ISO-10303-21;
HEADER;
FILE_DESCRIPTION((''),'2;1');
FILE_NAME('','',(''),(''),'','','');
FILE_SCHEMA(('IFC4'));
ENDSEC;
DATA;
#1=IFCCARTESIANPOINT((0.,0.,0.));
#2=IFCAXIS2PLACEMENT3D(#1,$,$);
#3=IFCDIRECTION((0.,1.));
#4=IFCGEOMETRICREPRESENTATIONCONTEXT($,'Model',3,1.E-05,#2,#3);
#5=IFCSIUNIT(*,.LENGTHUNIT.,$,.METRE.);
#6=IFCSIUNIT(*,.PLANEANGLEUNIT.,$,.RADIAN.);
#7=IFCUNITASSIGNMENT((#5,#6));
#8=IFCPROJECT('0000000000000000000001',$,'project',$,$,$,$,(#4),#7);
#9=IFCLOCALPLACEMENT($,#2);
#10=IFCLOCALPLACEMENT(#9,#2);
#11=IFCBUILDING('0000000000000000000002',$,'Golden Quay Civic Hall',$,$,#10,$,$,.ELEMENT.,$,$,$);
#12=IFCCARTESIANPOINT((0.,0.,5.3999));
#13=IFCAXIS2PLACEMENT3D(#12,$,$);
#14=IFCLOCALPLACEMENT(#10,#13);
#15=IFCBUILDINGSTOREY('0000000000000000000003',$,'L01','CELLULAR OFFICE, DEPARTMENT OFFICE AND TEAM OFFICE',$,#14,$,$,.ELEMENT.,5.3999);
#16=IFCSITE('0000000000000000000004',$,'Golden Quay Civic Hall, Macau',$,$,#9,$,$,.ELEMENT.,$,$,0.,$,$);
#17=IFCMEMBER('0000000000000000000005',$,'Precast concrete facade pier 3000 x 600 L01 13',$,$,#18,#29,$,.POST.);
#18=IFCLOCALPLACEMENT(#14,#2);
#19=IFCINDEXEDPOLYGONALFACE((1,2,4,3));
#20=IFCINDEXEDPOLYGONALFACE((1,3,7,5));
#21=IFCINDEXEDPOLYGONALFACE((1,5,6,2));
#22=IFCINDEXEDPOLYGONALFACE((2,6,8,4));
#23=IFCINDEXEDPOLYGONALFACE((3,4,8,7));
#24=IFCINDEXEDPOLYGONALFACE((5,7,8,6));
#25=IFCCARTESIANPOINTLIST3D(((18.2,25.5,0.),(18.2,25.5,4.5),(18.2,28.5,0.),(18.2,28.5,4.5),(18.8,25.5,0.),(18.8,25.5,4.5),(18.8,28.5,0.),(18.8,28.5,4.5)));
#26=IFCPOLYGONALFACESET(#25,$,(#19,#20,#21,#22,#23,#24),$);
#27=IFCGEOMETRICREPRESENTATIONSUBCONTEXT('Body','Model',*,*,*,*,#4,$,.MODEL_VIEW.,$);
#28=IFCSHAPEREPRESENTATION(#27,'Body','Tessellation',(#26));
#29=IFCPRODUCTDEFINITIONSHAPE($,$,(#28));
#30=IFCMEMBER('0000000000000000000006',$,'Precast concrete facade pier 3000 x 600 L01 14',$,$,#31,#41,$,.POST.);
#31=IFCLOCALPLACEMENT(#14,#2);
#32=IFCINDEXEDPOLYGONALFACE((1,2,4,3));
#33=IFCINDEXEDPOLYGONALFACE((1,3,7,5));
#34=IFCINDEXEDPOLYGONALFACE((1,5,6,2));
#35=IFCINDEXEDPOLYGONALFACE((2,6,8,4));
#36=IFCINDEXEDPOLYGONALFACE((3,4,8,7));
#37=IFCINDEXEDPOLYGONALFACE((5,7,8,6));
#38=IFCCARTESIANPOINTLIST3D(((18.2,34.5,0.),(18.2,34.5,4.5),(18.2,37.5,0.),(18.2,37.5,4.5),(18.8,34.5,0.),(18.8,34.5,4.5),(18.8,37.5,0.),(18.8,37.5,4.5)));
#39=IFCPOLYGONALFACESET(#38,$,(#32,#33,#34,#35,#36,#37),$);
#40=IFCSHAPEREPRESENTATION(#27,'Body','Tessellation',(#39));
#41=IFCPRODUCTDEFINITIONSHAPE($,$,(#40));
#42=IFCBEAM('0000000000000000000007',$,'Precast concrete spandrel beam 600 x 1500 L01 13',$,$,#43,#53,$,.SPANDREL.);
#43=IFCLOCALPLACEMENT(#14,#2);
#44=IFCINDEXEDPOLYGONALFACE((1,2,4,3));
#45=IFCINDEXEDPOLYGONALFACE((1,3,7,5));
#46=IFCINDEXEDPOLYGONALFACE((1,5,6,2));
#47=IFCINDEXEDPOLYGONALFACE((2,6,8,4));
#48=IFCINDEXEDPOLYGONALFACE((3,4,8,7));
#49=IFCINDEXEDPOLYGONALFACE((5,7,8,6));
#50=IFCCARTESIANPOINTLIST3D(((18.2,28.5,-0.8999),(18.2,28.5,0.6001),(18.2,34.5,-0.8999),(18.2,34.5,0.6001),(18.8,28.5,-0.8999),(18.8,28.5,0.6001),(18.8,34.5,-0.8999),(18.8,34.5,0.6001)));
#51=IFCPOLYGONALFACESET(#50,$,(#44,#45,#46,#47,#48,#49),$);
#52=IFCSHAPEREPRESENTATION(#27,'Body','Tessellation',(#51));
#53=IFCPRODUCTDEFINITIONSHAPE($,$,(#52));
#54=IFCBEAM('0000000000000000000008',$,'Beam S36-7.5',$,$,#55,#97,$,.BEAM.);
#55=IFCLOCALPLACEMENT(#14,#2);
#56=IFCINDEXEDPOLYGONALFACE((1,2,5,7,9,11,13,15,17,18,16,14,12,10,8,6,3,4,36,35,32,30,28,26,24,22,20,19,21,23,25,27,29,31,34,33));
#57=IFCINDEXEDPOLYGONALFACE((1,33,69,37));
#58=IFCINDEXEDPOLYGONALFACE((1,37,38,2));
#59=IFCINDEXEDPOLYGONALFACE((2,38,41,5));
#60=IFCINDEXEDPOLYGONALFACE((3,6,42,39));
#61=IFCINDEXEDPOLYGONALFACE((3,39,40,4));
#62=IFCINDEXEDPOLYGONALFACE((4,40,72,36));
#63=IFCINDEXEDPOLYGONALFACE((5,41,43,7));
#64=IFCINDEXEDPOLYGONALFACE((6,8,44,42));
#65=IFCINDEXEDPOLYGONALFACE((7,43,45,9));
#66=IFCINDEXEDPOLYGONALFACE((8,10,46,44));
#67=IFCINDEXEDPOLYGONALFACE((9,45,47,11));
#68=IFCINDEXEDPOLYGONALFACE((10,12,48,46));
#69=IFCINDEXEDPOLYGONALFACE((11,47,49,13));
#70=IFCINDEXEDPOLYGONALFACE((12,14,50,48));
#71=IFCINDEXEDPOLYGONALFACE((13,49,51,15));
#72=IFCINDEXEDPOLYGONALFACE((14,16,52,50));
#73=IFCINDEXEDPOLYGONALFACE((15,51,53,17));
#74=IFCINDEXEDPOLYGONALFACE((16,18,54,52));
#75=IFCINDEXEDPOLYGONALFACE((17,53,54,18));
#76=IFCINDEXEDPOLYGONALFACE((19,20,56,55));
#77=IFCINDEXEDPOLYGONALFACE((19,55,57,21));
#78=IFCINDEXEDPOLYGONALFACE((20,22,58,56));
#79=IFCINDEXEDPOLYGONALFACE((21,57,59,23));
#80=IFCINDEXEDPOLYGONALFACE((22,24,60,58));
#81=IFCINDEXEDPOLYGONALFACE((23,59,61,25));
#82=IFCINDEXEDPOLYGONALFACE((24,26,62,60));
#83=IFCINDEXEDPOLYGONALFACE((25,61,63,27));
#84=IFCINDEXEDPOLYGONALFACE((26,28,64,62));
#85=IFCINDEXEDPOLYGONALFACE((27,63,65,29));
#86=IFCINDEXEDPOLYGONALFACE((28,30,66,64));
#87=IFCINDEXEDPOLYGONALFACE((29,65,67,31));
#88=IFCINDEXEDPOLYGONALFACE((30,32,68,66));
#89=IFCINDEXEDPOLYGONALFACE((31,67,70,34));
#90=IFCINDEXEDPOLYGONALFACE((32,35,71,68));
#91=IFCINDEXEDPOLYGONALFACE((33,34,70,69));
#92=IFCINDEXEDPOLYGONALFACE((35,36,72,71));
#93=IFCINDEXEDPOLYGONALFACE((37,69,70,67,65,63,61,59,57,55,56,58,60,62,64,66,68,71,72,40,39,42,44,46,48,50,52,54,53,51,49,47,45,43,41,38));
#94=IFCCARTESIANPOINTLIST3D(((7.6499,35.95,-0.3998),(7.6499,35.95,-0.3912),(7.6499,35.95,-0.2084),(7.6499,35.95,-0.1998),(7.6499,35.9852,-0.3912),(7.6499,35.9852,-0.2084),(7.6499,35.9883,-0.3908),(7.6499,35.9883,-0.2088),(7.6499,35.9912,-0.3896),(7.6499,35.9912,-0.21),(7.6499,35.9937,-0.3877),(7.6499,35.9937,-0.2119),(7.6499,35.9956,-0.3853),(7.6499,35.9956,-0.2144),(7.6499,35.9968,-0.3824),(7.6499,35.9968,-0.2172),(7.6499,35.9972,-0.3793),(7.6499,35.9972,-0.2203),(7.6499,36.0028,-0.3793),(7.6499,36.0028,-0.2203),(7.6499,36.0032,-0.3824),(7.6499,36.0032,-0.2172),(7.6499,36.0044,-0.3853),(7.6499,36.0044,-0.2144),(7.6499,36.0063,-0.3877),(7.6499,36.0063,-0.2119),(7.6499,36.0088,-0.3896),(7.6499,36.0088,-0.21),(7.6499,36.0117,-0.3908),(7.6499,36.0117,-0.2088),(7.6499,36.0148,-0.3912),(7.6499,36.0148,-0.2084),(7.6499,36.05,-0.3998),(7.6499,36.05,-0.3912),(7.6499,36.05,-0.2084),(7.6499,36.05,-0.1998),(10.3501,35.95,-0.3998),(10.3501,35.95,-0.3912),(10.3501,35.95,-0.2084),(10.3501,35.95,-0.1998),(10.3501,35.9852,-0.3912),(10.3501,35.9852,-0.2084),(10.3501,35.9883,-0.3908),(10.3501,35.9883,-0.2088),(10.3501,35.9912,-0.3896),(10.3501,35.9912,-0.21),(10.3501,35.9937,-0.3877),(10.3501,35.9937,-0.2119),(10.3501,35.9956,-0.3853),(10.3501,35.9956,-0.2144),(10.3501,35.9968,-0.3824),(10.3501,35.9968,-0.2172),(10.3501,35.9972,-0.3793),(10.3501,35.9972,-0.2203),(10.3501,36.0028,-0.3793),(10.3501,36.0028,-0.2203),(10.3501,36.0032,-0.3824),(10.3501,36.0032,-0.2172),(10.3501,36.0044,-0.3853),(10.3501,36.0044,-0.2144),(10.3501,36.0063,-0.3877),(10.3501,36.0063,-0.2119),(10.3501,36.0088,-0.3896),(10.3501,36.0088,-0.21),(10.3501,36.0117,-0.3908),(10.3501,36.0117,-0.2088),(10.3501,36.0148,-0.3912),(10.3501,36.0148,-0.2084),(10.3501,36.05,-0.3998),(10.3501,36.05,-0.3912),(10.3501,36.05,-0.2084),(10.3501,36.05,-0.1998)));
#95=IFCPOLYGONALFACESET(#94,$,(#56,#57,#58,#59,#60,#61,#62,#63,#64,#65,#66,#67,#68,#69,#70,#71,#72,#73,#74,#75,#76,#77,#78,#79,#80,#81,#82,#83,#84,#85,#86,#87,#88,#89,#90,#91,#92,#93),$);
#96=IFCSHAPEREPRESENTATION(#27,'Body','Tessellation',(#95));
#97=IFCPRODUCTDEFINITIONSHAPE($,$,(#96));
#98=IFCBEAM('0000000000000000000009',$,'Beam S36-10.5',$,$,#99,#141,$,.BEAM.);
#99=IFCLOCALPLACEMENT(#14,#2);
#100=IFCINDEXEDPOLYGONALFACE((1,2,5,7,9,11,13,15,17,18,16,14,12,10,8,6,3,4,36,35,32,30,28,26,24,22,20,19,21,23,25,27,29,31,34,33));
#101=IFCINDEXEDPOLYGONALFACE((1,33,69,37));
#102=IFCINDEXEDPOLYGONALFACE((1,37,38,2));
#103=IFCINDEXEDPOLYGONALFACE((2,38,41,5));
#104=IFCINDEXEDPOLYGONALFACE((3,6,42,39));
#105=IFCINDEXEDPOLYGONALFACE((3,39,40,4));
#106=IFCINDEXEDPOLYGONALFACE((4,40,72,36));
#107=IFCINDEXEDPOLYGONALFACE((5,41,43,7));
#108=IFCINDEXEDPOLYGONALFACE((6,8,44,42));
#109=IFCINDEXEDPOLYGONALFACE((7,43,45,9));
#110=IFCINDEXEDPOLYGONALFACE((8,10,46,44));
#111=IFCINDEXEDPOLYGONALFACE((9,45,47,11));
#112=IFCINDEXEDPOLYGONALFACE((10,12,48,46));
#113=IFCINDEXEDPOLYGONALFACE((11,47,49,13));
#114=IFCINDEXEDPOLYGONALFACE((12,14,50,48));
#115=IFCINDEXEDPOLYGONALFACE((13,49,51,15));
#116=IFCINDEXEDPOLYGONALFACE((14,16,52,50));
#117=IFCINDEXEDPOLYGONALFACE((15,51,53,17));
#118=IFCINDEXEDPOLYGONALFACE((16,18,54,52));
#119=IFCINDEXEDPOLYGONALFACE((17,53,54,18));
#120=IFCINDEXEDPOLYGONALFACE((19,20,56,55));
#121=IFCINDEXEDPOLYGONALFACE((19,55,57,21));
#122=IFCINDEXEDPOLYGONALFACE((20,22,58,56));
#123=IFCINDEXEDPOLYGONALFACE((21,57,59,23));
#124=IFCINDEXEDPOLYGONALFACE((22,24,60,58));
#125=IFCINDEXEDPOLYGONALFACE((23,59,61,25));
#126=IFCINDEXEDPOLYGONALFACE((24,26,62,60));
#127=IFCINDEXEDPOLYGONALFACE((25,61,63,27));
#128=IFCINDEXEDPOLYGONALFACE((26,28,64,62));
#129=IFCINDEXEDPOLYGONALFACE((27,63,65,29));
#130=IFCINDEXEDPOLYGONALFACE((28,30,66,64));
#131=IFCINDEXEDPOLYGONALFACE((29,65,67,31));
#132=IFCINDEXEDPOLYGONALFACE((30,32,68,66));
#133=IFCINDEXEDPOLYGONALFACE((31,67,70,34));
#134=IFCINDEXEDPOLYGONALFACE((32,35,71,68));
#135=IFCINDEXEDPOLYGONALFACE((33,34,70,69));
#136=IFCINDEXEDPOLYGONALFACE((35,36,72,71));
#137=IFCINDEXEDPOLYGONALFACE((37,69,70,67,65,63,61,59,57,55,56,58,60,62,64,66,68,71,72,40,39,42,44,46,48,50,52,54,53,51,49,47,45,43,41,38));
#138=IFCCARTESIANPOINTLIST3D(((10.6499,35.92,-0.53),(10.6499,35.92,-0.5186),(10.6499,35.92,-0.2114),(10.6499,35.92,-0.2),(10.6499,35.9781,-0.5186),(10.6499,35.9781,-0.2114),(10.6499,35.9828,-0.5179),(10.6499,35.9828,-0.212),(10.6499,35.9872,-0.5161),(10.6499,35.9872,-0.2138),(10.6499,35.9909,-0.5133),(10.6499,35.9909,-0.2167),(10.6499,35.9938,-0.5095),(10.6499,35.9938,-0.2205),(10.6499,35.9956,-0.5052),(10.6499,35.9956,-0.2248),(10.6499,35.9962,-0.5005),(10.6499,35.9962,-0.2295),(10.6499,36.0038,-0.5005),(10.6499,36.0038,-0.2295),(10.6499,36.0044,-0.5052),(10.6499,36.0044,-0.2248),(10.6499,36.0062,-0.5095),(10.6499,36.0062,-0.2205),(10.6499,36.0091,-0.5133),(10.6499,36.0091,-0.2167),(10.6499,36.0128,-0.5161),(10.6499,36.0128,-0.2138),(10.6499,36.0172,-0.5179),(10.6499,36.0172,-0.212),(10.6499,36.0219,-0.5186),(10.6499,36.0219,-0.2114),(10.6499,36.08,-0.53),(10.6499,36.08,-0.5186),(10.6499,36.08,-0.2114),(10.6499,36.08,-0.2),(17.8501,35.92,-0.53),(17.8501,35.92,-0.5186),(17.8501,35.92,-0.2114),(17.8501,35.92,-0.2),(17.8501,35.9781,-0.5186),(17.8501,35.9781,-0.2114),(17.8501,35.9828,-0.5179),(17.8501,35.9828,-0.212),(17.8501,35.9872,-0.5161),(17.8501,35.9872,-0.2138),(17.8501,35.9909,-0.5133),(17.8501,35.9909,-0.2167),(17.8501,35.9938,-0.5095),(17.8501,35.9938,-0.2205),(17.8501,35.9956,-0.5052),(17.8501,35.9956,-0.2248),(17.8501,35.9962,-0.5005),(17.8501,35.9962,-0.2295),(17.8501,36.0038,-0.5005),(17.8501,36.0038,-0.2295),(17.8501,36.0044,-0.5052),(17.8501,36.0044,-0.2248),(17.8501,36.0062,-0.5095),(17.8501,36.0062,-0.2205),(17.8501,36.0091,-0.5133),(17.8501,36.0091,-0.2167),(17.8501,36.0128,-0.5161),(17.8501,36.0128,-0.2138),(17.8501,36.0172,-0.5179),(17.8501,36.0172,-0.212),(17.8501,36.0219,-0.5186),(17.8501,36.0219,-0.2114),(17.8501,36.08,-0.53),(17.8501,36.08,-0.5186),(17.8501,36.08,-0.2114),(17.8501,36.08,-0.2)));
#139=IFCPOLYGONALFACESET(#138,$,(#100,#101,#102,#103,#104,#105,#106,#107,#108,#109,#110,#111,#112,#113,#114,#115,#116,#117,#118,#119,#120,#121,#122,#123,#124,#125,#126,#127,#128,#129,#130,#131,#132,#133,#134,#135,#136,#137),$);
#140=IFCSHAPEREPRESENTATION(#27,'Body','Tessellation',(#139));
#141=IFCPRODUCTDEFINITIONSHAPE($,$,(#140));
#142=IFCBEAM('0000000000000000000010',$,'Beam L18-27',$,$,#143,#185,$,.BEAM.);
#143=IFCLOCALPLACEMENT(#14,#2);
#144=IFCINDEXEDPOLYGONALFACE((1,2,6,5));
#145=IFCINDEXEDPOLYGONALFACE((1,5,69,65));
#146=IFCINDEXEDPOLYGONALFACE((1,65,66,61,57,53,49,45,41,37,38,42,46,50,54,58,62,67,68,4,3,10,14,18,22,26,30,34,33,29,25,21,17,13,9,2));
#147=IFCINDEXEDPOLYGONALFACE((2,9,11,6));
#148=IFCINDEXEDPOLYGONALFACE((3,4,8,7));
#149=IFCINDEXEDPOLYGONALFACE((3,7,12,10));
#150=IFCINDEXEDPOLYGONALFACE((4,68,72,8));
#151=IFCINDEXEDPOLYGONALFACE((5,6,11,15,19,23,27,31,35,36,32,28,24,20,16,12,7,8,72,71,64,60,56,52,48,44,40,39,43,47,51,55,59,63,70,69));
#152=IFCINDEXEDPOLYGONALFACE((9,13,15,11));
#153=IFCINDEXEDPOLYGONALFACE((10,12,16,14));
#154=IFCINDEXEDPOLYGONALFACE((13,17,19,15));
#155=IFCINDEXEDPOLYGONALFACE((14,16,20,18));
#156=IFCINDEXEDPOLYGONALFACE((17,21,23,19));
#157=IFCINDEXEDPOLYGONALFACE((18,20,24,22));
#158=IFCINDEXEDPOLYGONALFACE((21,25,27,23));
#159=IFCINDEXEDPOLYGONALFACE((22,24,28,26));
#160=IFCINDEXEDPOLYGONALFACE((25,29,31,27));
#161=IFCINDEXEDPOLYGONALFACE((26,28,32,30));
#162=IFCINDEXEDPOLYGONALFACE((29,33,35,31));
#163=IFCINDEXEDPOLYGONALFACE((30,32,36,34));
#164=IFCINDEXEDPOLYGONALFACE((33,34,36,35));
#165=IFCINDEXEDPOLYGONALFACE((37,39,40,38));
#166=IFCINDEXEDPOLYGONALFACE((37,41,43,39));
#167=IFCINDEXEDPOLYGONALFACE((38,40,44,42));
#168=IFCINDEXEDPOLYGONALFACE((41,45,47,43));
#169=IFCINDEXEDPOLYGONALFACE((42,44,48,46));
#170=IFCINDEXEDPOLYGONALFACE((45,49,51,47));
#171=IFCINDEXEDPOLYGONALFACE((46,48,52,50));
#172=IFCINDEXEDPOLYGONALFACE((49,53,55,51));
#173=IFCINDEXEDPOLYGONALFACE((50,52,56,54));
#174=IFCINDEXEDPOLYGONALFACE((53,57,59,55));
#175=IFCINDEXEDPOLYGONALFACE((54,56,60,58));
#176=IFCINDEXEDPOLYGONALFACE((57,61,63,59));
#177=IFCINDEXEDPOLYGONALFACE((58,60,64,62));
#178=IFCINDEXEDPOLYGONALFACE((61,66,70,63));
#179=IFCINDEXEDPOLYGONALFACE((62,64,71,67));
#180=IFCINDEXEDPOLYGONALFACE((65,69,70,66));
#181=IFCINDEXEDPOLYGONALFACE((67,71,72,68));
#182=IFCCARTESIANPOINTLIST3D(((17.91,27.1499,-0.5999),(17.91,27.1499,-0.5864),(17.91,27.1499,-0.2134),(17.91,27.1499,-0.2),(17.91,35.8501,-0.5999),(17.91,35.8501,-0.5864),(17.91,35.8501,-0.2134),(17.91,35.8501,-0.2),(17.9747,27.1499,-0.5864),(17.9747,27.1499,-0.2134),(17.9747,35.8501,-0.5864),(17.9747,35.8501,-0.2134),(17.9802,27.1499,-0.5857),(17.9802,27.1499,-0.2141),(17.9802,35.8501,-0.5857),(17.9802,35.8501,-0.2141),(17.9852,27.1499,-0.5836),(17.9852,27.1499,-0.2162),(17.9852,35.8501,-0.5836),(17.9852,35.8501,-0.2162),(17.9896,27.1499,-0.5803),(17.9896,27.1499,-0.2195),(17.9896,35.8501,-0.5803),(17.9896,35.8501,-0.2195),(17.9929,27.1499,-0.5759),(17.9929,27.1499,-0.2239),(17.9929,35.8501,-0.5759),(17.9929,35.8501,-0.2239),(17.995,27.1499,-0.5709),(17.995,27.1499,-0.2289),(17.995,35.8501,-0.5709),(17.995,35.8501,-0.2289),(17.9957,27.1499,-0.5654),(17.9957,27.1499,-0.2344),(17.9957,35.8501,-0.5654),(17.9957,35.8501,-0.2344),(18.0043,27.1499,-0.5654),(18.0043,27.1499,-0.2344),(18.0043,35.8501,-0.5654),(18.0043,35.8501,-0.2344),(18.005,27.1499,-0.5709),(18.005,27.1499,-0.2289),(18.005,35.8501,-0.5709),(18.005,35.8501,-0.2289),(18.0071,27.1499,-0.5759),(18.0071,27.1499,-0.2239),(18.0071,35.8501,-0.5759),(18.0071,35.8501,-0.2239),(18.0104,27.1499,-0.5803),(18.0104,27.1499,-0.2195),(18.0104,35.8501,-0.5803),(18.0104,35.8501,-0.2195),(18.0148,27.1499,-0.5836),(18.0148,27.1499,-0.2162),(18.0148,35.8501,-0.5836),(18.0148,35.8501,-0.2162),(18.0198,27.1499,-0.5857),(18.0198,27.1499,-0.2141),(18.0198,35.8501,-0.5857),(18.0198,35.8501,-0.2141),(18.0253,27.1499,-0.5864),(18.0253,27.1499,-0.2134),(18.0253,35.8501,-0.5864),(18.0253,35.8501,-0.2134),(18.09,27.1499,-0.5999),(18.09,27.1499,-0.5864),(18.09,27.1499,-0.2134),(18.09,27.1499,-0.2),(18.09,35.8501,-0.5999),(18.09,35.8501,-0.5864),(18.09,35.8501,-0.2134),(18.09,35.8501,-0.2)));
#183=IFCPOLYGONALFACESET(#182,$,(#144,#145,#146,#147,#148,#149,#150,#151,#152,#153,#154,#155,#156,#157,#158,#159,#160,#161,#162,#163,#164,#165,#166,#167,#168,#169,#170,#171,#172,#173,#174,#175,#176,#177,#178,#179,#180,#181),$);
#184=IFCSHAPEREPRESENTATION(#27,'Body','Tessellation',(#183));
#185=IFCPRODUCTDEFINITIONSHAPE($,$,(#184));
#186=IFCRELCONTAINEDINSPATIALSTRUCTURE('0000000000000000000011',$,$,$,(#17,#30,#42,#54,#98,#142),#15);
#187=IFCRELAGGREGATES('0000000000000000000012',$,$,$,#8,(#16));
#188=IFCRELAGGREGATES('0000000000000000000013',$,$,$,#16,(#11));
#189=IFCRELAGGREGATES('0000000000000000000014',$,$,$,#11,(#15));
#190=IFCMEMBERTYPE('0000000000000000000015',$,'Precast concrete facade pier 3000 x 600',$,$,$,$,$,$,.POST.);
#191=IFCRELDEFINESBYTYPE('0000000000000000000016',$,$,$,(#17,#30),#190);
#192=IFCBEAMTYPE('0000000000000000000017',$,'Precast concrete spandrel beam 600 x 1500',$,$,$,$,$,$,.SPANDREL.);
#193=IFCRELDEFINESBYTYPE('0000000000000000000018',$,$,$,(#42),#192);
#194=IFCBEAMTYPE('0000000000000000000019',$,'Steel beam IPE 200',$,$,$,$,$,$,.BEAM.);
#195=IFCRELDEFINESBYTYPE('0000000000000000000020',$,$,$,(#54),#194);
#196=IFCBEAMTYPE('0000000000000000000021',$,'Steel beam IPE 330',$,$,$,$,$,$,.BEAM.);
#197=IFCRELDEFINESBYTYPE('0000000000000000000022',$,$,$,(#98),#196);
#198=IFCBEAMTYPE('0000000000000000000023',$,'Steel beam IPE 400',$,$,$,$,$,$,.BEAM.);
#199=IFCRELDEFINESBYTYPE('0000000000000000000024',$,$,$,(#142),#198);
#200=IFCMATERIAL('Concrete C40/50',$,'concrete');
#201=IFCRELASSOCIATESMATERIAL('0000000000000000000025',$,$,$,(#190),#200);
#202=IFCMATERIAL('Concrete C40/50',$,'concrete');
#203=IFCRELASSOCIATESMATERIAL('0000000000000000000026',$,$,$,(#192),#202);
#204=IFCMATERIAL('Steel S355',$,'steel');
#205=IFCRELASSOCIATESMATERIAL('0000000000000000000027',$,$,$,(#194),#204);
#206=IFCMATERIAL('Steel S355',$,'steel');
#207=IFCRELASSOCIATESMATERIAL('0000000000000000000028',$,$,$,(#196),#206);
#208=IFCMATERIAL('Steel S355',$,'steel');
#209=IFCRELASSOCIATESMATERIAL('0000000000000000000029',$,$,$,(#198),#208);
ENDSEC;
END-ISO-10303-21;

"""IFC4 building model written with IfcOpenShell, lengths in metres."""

from ifc_helpers import new_model, si_unit, direction, frame, origin, origin_2d, place, context, subcontext, project, spatial, rectangle, i_section, extrude, material, material_profile, profile_set, type_object, element, save


model = new_model("IFC4")

# Units and contexts
model_context = context("Model", 3, precision=1e-05, world=origin(), true_north=direction((0.0, 1.0)))
body_context = subcontext(model_context, "Body", "Model", "MODEL_VIEW")
ifc_project = project(units=[si_unit("LENGTHUNIT", "METRE"), si_unit("PLANEANGLEUNIT", "RADIAN")], contexts=[model_context])

# Site, building, storey
site_placement = place(None, origin())
site = spatial("IfcSite", under=ifc_project, at=site_placement, Name="Golden Quay Civic Hall, Macau", CompositionType="ELEMENT", RefElevation=0.0)
building_placement = place(site_placement, origin())
building = spatial("IfcBuilding", under=site, at=building_placement, Name="Golden Quay Civic Hall", CompositionType="ELEMENT")
storey_placement = place(building_placement, frame((0.0, 0.0, 5.3999)))
storey = spatial("IfcBuildingStorey", under=building, at=storey_placement, Name="L01", Description="CELLULAR OFFICE, DEPARTMENT OFFICE AND TEAM OFFICE", CompositionType="ELEMENT", Elevation=5.3999)

# Members
ifc_material_1 = material(Name="Concrete C40/50", Category="concrete")
ifc_material_profile_1 = material_profile(ifc_material_1, rectangle(XDim=3.0, YDim=0.6001, at=origin_2d()), Name="RC 3000x600")
ifc_profile_set_1 = profile_set([ifc_material_profile_1], Name="Concrete C40/50")
member_type = type_object("IfcMemberType", Name="Precast concrete facade pier 3000 x 600", PredefinedType="POST", material=ifc_profile_set_1)
for number, where, z_axis, x_axis, name in (
    (1, (18.5, 27.0, 0.0), (0.0, 0.0, 1.0), (0.0, 1.0, 0.0), "Precast concrete facade pier 3000 x 600 L01 13"),
    (2, (18.5, 36.0, 0.0), (0.0, 0.0, 1.0), (0.0, 1.0, 0.0), "Precast concrete facade pier 3000 x 600 L01 14"),
):
    element("IfcMember", number, at=place(storey_placement, frame(where, z_axis=z_axis, x_axis=x_axis)), inside=storey, type_object=member_type, Name=name, PredefinedType="POST", context=body_context, shape_type="SweptSolid", body=[
        extrude(rectangle(XDim=3.0, YDim=0.6001, at=origin_2d()), origin(), (0.0, 0.0, 1.0), 4.5),
    ])

# Beams
ifc_material_2 = material(Name="Concrete C40/50", Category="concrete")
ifc_material_profile_2 = material_profile(ifc_material_2, rectangle(XDim=0.6001, YDim=1.5, at=origin_2d()), Name="RC 600x1500")
ifc_profile_set_2 = profile_set([ifc_material_profile_2], Name="Concrete C40/50")
beam_type_1 = type_object("IfcBeamType", Name="Precast concrete spandrel beam 600 x 1500", PredefinedType="SPANDREL", material=ifc_profile_set_2)
beam_1_placement = place(storey_placement, frame((18.5, 28.5, -0.1499), z_axis=(0.0, 1.0, 0.0), x_axis=(-1.0, 0.0, 0.0)))
element("IfcBeam", 3, at=beam_1_placement, inside=storey, type_object=beam_type_1, Name="Precast concrete spandrel beam 600 x 1500 L01 13", PredefinedType="SPANDREL", context=body_context, shape_type="SweptSolid", body=[
    extrude(rectangle(XDim=0.6001, YDim=1.5, at=origin_2d()), origin(), (0.0, 0.0, 1.0), 6.0),
])
ifc_material_3 = material(Name="Steel S355", Category="steel")
ifc_material_profile_3 = material_profile(ifc_material_3, i_section(OverallWidth=0.1001, OverallDepth=0.2, WebThickness=0.0056, FlangeThickness=0.0085, FilletRadius=0.012, at=origin_2d()), Name="IPE 200")
ifc_profile_set_3 = profile_set([ifc_material_profile_3], Name="Steel S355")
beam_type_2 = type_object("IfcBeamType", Name="Steel beam IPE 200", PredefinedType="BEAM", material=ifc_profile_set_3)
beam_2_placement = place(storey_placement, frame((7.6499, 36.0, -0.2998), z_axis=(1.0, 0.0, 0.0), x_axis=(0.0, 1.0, 0.0)))
element("IfcBeam", 4, at=beam_2_placement, inside=storey, type_object=beam_type_2, Name="Beam S36-7.5", PredefinedType="BEAM", context=body_context, shape_type="SweptSolid", body=[
    extrude(i_section(OverallWidth=0.1001, OverallDepth=0.2, WebThickness=0.0056, FlangeThickness=0.0085, FilletRadius=0.012, at=origin_2d()), origin(), (0.0, 0.0, 1.0), 2.7002),
])
ifc_material_4 = material(Name="Steel S355", Category="steel")
ifc_material_profile_4 = material_profile(ifc_material_4, i_section(OverallWidth=0.1599, OverallDepth=0.3301, WebThickness=0.0076, FlangeThickness=0.0115, FilletRadius=0.0181, at=origin_2d()), Name="IPE 330")
ifc_profile_set_4 = profile_set([ifc_material_profile_4], Name="Steel S355")
beam_type_3 = type_object("IfcBeamType", Name="Steel beam IPE 330", PredefinedType="BEAM", material=ifc_profile_set_4)
beam_3_placement = place(storey_placement, frame((10.6499, 36.0, -0.365), z_axis=(1.0, 0.0, 0.0), x_axis=(0.0, 1.0, 0.0)))
element("IfcBeam", 5, at=beam_3_placement, inside=storey, type_object=beam_type_3, Name="Beam S36-10.5", PredefinedType="BEAM", context=body_context, shape_type="SweptSolid", body=[
    extrude(i_section(OverallWidth=0.1599, OverallDepth=0.3301, WebThickness=0.0076, FlangeThickness=0.0115, FilletRadius=0.0181, at=origin_2d()), origin(), (0.0, 0.0, 1.0), 7.2002),
])
ifc_material_5 = material(Name="Steel S355", Category="steel")
ifc_material_profile_5 = material_profile(ifc_material_5, i_section(OverallWidth=0.1799, OverallDepth=0.3999, WebThickness=0.0085, FlangeThickness=0.0134, FilletRadius=0.021, at=origin_2d()), Name="IPE 400")
ifc_profile_set_5 = profile_set([ifc_material_profile_5], Name="Steel S355")
beam_type_4 = type_object("IfcBeamType", Name="Steel beam IPE 400", PredefinedType="BEAM", material=ifc_profile_set_5)
for number, where, z_axis, x_axis, name in (
    (6, (18.0, 27.1499, -0.3999), (0.0, 1.0, 0.0), (-1.0, 0.0, 0.0), "Beam L18-27"),
):
    element("IfcBeam", number, at=place(storey_placement, frame(where, z_axis=z_axis, x_axis=x_axis)), inside=storey, type_object=beam_type_4, Name=name, PredefinedType="BEAM", context=body_context, shape_type="SweptSolid", body=[
        extrude(i_section(OverallWidth=0.1799, OverallDepth=0.3999, WebThickness=0.0085, FlangeThickness=0.0134, FilletRadius=0.021, at=origin_2d()), origin(), (0.0, 0.0, 1.0), 8.7002),
    ])

save(model, "model.ifc")
